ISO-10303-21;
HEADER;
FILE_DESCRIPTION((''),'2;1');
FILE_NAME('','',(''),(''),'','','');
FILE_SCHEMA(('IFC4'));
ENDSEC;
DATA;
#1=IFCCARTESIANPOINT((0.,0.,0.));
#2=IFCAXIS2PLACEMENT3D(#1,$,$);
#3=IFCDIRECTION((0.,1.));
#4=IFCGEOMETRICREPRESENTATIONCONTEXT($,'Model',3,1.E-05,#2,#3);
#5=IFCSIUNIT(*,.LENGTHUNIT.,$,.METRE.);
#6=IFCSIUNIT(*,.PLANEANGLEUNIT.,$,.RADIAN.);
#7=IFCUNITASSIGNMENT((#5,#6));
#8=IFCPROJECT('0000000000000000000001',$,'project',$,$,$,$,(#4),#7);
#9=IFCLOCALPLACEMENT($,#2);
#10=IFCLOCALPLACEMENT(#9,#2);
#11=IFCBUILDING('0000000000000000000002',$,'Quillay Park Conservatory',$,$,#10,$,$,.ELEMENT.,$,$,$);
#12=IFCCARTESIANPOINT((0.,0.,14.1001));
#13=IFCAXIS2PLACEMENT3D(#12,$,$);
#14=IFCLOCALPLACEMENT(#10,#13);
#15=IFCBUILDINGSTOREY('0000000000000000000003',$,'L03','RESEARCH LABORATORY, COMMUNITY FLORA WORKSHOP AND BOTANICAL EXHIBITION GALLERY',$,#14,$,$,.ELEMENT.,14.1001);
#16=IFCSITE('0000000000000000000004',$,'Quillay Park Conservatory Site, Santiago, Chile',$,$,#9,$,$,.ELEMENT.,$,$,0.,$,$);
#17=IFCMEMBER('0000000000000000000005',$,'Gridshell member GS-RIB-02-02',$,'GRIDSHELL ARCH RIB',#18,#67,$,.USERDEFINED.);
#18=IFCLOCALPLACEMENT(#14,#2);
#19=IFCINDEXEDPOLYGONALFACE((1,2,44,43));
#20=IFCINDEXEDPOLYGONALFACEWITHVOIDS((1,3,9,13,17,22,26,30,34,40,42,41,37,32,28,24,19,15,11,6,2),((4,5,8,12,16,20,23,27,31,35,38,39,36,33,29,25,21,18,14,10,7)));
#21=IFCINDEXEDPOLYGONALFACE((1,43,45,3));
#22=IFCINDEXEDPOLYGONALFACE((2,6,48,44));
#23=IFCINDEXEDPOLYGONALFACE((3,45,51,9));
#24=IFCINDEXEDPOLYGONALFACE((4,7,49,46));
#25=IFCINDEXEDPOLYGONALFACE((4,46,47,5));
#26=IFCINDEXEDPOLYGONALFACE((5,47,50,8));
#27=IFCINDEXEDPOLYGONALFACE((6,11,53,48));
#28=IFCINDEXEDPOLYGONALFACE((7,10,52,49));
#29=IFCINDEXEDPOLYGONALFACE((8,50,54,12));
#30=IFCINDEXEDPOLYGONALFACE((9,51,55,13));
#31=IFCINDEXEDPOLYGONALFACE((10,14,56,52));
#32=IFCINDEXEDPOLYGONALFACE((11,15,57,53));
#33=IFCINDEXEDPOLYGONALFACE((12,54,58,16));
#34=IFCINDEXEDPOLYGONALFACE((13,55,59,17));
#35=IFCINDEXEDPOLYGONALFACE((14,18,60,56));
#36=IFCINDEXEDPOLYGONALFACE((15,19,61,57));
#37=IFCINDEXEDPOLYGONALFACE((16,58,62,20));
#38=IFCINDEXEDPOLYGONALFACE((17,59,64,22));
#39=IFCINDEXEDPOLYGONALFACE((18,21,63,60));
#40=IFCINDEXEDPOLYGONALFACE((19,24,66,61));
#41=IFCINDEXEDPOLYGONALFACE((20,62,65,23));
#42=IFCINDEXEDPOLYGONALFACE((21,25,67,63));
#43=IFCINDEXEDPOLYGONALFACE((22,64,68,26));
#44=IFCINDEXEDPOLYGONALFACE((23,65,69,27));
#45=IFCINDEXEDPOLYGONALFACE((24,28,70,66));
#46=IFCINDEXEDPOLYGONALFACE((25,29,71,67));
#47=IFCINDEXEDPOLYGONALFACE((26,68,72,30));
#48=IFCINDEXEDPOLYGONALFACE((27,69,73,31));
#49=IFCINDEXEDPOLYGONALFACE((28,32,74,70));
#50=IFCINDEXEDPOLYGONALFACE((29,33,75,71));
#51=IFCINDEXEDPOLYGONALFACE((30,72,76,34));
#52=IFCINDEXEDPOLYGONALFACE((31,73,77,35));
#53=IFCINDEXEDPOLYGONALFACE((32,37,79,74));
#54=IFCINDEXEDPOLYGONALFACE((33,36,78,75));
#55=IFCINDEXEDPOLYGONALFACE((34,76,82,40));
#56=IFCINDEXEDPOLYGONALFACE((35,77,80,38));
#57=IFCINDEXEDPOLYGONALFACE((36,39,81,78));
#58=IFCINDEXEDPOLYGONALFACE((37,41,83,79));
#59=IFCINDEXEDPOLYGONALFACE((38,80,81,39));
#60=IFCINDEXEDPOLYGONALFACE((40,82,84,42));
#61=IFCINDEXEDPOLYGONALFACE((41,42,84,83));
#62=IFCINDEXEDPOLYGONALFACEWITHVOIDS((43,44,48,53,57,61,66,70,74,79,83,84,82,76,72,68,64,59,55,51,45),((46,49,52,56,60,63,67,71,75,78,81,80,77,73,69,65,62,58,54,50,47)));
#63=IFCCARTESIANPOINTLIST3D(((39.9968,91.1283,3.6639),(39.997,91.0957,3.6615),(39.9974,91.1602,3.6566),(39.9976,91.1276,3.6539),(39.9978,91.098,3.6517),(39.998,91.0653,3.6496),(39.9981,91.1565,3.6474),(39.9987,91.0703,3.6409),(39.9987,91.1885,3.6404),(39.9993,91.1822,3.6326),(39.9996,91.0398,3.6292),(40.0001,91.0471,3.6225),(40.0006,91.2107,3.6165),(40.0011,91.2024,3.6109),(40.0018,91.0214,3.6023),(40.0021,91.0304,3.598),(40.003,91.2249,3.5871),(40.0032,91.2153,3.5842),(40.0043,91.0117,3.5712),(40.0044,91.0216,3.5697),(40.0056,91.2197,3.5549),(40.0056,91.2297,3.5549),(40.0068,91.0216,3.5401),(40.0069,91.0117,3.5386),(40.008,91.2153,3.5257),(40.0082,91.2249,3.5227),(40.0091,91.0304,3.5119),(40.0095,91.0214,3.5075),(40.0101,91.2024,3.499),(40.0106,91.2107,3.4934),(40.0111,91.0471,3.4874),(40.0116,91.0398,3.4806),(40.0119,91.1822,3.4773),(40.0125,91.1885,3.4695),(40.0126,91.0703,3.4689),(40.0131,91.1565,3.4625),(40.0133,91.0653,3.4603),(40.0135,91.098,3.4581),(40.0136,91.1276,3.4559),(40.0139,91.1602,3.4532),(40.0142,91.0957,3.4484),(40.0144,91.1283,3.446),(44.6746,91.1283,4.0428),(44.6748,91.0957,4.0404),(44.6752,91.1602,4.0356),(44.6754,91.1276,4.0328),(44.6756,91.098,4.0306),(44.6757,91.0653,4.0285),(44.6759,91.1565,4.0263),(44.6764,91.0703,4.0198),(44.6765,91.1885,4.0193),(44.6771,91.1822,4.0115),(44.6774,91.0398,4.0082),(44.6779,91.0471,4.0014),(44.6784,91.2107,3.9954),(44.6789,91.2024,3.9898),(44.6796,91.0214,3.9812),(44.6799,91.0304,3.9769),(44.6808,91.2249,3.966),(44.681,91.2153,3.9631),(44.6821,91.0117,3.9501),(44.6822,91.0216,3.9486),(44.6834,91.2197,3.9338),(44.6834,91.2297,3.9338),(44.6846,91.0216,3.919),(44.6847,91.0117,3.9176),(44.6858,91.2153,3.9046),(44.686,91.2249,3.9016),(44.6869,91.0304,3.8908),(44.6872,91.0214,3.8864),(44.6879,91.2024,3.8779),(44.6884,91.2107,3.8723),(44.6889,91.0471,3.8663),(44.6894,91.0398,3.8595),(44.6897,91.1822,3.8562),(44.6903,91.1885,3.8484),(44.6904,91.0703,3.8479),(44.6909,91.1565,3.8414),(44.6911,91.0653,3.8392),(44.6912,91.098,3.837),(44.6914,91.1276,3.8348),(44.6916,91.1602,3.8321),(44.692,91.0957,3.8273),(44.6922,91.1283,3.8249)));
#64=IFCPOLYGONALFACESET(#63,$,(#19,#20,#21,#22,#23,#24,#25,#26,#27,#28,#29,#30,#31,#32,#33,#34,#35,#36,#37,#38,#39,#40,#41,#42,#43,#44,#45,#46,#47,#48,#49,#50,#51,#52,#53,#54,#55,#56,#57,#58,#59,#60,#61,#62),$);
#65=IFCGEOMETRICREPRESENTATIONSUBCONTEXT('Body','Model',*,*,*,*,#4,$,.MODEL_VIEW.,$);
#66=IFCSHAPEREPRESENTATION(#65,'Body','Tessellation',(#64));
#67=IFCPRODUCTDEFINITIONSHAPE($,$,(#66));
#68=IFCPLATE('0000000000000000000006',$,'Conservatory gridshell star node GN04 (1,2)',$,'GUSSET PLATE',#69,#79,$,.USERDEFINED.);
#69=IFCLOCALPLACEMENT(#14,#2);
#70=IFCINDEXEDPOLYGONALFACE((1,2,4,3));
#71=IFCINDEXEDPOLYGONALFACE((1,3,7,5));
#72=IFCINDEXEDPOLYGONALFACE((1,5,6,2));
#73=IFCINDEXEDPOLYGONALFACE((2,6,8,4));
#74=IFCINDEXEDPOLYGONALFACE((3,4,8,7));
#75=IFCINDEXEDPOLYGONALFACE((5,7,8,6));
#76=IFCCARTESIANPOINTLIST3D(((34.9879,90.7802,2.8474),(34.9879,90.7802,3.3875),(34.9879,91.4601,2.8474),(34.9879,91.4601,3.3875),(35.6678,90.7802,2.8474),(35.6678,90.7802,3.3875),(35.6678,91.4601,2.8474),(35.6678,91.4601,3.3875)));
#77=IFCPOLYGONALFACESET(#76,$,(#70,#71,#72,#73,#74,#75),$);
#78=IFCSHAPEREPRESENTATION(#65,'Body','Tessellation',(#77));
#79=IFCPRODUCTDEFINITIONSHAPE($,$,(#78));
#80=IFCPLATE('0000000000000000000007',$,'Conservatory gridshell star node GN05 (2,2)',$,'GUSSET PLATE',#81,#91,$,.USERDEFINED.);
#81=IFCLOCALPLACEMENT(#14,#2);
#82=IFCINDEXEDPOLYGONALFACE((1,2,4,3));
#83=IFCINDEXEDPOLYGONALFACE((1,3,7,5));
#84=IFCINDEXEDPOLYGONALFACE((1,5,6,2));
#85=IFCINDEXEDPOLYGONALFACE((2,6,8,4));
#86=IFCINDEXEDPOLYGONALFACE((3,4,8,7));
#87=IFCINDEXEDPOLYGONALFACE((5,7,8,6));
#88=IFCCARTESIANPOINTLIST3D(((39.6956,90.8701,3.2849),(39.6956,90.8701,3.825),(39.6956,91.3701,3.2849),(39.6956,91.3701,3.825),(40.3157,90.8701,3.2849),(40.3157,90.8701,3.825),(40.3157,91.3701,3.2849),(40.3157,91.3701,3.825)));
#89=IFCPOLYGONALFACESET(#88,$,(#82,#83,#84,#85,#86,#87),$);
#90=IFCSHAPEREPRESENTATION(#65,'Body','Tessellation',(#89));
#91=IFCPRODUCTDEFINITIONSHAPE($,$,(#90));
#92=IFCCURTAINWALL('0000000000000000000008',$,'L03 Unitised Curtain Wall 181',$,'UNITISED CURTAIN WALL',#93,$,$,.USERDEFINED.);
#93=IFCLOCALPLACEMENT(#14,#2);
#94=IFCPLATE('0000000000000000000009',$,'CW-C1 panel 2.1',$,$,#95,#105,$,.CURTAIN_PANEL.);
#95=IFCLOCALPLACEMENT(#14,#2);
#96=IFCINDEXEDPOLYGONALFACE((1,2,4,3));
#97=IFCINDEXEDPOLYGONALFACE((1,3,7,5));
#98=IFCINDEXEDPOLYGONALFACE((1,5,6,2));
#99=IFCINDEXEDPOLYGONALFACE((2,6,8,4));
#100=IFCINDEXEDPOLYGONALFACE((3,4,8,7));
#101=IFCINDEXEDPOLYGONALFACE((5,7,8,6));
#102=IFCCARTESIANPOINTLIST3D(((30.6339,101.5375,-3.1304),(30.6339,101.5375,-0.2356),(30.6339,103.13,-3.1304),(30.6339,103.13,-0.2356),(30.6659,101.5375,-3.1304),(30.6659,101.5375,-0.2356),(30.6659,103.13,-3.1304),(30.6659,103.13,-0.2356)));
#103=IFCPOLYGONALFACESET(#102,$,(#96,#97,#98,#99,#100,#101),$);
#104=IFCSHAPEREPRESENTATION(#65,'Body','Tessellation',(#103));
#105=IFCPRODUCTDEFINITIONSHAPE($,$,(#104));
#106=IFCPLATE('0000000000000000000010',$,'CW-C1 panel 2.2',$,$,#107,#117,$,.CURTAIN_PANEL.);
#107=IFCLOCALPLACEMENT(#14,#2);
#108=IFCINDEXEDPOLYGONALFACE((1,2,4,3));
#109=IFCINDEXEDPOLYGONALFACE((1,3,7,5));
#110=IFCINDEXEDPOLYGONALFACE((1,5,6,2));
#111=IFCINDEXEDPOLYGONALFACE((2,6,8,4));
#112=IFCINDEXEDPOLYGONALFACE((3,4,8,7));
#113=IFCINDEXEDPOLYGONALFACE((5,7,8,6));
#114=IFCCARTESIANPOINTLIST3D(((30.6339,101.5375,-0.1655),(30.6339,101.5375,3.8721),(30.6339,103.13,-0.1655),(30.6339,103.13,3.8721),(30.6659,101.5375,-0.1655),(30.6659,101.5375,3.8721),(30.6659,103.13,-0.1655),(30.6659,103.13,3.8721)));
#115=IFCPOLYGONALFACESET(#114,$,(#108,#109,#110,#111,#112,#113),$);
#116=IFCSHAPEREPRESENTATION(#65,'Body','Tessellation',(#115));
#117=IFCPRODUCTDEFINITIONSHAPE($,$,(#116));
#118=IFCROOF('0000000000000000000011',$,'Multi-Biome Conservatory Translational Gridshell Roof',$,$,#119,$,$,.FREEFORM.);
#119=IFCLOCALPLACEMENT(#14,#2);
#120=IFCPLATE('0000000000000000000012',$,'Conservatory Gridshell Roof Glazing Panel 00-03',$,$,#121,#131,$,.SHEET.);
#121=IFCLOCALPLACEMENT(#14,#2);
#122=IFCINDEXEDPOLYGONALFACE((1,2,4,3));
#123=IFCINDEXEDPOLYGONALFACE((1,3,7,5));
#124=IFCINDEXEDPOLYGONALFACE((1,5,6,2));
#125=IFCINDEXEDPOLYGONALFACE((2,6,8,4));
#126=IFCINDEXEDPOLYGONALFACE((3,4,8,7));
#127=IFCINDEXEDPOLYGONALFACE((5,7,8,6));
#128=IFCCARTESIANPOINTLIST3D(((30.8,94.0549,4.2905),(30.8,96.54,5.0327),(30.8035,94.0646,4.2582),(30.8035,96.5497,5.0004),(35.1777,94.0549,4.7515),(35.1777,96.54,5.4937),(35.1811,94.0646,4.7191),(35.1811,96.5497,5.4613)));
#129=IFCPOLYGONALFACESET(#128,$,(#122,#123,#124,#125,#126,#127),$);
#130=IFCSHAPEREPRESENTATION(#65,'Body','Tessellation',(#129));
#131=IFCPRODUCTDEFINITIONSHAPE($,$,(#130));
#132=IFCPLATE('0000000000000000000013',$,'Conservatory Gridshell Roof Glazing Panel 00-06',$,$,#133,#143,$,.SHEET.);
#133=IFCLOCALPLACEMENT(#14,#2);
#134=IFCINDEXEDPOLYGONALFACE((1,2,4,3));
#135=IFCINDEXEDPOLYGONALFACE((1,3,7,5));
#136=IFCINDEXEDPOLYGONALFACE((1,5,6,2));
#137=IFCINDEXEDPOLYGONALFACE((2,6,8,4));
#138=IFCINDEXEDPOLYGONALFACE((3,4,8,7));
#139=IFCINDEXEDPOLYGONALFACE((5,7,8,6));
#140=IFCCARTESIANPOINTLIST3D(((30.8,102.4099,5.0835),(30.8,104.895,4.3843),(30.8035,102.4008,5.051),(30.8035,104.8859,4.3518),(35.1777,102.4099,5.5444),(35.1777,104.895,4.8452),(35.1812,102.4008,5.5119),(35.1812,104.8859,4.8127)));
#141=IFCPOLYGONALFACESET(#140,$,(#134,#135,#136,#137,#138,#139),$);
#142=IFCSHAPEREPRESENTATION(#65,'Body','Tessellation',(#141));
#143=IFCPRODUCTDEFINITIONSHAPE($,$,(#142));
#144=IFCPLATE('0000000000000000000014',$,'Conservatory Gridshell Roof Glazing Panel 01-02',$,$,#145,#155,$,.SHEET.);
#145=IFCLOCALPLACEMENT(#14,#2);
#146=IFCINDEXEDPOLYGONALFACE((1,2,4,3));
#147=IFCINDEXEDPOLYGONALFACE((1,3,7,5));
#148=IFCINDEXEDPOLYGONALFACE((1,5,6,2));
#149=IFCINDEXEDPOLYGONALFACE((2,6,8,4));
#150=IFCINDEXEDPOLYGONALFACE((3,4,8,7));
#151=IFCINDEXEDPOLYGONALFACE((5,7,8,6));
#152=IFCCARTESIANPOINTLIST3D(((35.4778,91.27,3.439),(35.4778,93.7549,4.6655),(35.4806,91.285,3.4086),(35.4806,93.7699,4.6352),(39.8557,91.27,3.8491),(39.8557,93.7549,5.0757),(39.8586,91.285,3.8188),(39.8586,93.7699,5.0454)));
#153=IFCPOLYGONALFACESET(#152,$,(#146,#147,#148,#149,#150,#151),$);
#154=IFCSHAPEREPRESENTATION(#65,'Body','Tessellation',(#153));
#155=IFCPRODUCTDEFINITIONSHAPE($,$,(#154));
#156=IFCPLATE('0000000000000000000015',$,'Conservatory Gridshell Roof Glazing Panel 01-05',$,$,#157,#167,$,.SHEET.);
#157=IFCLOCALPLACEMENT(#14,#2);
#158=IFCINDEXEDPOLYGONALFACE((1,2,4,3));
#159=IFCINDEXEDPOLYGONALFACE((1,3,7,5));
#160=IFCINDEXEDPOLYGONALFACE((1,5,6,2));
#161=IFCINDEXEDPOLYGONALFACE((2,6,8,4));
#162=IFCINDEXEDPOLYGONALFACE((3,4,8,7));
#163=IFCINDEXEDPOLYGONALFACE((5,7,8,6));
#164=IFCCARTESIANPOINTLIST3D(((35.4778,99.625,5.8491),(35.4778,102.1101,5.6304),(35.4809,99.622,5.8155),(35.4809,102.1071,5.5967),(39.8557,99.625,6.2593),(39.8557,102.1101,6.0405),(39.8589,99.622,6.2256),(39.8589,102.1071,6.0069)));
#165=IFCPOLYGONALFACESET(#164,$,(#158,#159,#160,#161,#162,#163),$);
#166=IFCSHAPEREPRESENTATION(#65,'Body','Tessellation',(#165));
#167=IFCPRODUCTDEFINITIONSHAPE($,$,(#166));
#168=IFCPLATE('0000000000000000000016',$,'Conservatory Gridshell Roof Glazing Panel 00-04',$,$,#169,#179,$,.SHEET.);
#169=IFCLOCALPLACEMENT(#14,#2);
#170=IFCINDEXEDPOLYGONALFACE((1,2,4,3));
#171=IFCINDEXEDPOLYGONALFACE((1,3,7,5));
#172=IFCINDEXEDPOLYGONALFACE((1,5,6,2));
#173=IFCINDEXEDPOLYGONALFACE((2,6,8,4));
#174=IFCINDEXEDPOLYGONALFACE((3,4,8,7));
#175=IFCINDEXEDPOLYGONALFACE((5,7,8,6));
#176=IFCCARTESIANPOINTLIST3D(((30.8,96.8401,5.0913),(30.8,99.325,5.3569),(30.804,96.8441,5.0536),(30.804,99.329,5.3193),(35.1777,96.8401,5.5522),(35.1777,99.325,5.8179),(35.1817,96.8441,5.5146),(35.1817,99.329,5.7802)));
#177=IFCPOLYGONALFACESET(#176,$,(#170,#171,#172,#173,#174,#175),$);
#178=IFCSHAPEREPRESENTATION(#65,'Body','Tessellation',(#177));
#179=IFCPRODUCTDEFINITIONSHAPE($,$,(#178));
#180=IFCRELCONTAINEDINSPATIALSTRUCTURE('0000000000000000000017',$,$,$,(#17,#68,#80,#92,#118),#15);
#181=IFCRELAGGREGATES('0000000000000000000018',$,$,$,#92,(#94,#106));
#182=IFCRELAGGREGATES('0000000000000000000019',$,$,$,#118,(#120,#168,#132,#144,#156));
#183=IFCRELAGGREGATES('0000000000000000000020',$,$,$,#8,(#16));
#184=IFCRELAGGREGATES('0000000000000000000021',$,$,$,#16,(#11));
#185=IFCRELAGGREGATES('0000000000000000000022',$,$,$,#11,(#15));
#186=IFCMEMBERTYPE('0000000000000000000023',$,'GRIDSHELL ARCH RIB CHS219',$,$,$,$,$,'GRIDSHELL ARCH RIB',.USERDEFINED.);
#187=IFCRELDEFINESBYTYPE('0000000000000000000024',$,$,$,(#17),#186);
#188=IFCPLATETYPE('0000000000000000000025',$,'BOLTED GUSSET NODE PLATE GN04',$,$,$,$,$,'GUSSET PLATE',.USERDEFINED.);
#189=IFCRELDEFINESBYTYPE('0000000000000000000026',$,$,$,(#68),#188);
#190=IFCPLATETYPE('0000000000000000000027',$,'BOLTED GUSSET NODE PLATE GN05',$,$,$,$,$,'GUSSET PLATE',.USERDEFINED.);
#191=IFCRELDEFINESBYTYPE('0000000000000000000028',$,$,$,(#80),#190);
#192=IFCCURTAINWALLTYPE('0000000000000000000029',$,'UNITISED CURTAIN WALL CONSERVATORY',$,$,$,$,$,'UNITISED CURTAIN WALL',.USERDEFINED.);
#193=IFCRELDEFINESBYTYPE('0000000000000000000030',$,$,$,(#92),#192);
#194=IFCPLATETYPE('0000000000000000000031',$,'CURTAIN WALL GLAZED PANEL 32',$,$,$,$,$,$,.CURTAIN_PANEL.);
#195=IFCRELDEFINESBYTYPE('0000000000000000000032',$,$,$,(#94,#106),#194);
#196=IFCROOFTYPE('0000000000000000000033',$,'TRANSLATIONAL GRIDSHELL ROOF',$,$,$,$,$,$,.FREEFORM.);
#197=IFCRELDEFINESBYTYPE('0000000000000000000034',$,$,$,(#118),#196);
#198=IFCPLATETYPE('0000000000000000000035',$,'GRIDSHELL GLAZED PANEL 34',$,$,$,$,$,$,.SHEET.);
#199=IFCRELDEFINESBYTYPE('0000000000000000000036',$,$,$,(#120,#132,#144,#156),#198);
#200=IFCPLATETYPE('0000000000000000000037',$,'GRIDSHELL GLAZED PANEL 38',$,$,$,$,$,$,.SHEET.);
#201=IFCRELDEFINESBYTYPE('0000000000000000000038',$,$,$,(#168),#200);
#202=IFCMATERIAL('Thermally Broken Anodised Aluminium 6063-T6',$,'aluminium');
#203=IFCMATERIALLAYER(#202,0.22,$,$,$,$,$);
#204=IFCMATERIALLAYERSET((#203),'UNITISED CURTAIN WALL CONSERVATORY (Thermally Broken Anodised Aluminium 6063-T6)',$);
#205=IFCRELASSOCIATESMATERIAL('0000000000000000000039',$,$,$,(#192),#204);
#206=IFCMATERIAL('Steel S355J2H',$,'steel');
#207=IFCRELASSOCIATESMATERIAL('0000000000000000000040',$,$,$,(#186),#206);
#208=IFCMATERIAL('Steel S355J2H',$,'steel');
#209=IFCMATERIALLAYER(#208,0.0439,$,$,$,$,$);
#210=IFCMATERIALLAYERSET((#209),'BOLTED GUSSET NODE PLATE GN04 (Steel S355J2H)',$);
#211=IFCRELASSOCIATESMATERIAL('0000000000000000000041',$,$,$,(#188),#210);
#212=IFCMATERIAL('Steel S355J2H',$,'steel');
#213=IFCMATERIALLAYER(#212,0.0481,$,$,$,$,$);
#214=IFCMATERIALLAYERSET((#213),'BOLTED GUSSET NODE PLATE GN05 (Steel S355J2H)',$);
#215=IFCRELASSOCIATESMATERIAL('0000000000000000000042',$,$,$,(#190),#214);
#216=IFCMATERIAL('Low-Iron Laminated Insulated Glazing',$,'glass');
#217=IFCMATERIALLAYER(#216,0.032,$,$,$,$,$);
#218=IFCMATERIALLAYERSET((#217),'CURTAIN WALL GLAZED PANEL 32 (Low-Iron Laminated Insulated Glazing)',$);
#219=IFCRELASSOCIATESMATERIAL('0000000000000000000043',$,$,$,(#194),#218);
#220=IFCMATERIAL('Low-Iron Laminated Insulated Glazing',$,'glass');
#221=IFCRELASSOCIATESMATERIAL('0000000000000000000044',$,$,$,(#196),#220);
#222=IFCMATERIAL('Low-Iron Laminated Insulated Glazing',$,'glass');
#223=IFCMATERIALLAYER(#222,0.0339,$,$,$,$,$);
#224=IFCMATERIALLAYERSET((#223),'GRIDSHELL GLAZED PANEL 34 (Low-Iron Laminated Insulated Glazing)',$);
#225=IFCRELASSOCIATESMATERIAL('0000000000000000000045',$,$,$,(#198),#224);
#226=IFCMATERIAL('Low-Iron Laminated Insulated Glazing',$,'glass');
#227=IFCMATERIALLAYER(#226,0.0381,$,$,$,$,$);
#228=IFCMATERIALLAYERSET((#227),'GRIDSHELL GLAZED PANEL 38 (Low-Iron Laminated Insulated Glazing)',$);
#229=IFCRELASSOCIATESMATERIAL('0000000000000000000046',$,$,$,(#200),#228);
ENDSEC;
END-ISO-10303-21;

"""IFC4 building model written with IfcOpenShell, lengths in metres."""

from ifc_helpers import new_model, si_unit, direction, frame, origin, origin_2d, place, context, subcontext, project, spatial, polyline, rectangle, hollow_circle, outline, extrude, material, layer, layer_set, material_profile, profile_set, type_object, element, aggregate, save


model = new_model("IFC4")

# Units and contexts
model_context = context("Model", 3, precision=1e-05, world=origin(), true_north=direction((0.0, 1.0)))
body_context = subcontext(model_context, "Body", "Model", "MODEL_VIEW")
ifc_project = project(units=[si_unit("LENGTHUNIT", "METRE"), si_unit("PLANEANGLEUNIT", "RADIAN")], contexts=[model_context])

# Site, building, storey
site_placement = place(None, origin())
site = spatial("IfcSite", under=ifc_project, at=site_placement, Name="Quillay Park Conservatory Site, Santiago, Chile", CompositionType="ELEMENT", RefElevation=0.0)
building_placement = place(site_placement, origin())
building = spatial("IfcBuilding", under=site, at=building_placement, Name="Quillay Park Conservatory", CompositionType="ELEMENT")
storey_placement = place(building_placement, frame((0.0, 0.0, 14.1001)))
storey = spatial("IfcBuildingStorey", under=building, at=storey_placement, Name="L03", Description="RESEARCH LABORATORY, COMMUNITY FLORA WORKSHOP AND BOTANICAL EXHIBITION GALLERY", CompositionType="ELEMENT", Elevation=14.1001)

# Shared definitions
ifc_material_1 = material(Name="Thermally Broken Anodised Aluminium 6063-T6", Category="aluminium")
ifc_layer_1 = layer(ifc_material_1, 0.22)
ifc_layer_set_1 = layer_set([ifc_layer_1], Name="UNITISED CURTAIN WALL CONSERVATORY (Thermally Broken Anodised Aluminium 6063-T6)")
curtain_wall_type = type_object("IfcCurtainWallType", Name="UNITISED CURTAIN WALL CONSERVATORY", ElementType="UNITISED CURTAIN WALL", PredefinedType="USERDEFINED", material=ifc_layer_set_1)

# Member
ifc_material_2 = material(Name="Steel S355J2H", Category="steel")
ifc_material_profile_1 = material_profile(ifc_material_2, hollow_circle(Radius=0.1096, WallThickness=0.01, at=origin_2d()), Name="CHS219.1x10")
ifc_profile_set_1 = profile_set([ifc_material_profile_1], Name="Steel S355J2H")
member_type_1 = type_object("IfcMemberType", Name="GRIDSHELL ARCH RIB CHS219", ElementType="GRIDSHELL ARCH RIB", PredefinedType="USERDEFINED", material=ifc_profile_set_1)
member_1_placement = place(storey_placement, frame((40.0056, 91.1201, 3.5549), z_axis=(0.996735, 0.0, 0.080738), x_axis=(0.0, 1.0, 0.0)))
element("IfcMember", 1, at=member_1_placement, inside=storey, type_object=member_type_1, Name="Gridshell member GS-RIB-02-02", ObjectType="GRIDSHELL ARCH RIB", PredefinedType="USERDEFINED", context=body_context, shape_type="SweptSolid", body=[
    extrude(hollow_circle(Radius=0.1096, WallThickness=0.01, at=origin_2d()), origin(), (0.0, 0.0, 1.0), 4.6931),
])

# Plates
ifc_material_3 = material(Name="Steel S355J2H", Category="steel")
ifc_layer_2 = layer(ifc_material_3, 0.0439)
ifc_layer_set_2 = layer_set([ifc_layer_2], Name="BOLTED GUSSET NODE PLATE GN04 (Steel S355J2H)")
plate_type_1 = type_object("IfcPlateType", Name="BOLTED GUSSET NODE PLATE GN04", ElementType="GUSSET PLATE", PredefinedType="USERDEFINED", material=ifc_layer_set_2)
plate_1_placement = place(storey_placement, frame((35.3279, 91.1201, 2.8474), z_axis=(0.0, 0.0, 1.0), x_axis=(1.0, 0.0, 0.0)))
element("IfcPlate", 2, at=plate_1_placement, inside=storey, type_object=plate_type_1, Name="Conservatory gridshell star node GN04 (1,2)", ObjectType="GUSSET PLATE", PredefinedType="USERDEFINED", context=body_context, shape_type="SweptSolid", body=[
    extrude(rectangle(XDim=0.6799, YDim=0.6799, at=origin_2d()), origin(), (0.0, 0.0, 1.0), 0.54),
])
ifc_material_4 = material(Name="Steel S355J2H", Category="steel")
ifc_layer_3 = layer(ifc_material_4, 0.0481)
ifc_layer_set_3 = layer_set([ifc_layer_3], Name="BOLTED GUSSET NODE PLATE GN05 (Steel S355J2H)")
plate_type_2 = type_object("IfcPlateType", Name="BOLTED GUSSET NODE PLATE GN05", ElementType="GUSSET PLATE", PredefinedType="USERDEFINED", material=ifc_layer_set_3)
plate_2_placement = place(storey_placement, frame((40.0056, 91.1201, 3.2849), z_axis=(0.0, 0.0, 1.0), x_axis=(1.0, 0.0, 0.0)))
element("IfcPlate", 3, at=plate_2_placement, inside=storey, type_object=plate_type_2, Name="Conservatory gridshell star node GN05 (2,2)", ObjectType="GUSSET PLATE", PredefinedType="USERDEFINED", context=body_context, shape_type="SweptSolid", body=[
    extrude(rectangle(XDim=0.6201, YDim=0.5, at=origin_2d()), origin(), (0.0, 0.0, 1.0), 0.54),
])

# Curtain wall, plates
curtain_wall_1_placement = place(storey_placement, origin())
curtain_wall_1 = element("IfcCurtainWall", 4, at=curtain_wall_1_placement, inside=storey, type_object=curtain_wall_type, Name="L03 Unitised Curtain Wall 181", ObjectType="UNITISED CURTAIN WALL", PredefinedType="USERDEFINED")
ifc_material_5 = material(Name="Low-Iron Laminated Insulated Glazing", Category="glass")
ifc_layer_4 = layer(ifc_material_5, 0.032)
ifc_layer_set_4 = layer_set([ifc_layer_4], Name="CURTAIN WALL GLAZED PANEL 32 (Low-Iron Laminated Insulated Glazing)")
plate_type_3 = type_object("IfcPlateType", Name="CURTAIN WALL GLAZED PANEL 32", PredefinedType="CURTAIN_PANEL", material=ifc_layer_set_4)
plate_3_placement = place(storey_placement, frame((30.6499, 102.3337, -3.1304), z_axis=(0.0, 0.0, 1.0), x_axis=(0.0, 1.0, 0.0)))
plate_3 = element("IfcPlate", 5, at=plate_3_placement, type_object=plate_type_3, Name="CW-C1 panel 2.1", PredefinedType="CURTAIN_PANEL", context=body_context, shape_type="SweptSolid", body=[
    extrude(rectangle(XDim=1.5925, YDim=0.032, at=origin_2d()), origin(), (0.0, 0.0, 1.0), 2.8948),
])
plate_4_placement = place(storey_placement, frame((30.6499, 102.3337, -0.1655), z_axis=(0.0, 0.0, 1.0), x_axis=(0.0, 1.0, 0.0)))
plate_4 = element("IfcPlate", 6, at=plate_4_placement, type_object=plate_type_3, Name="CW-C1 panel 2.2", PredefinedType="CURTAIN_PANEL", context=body_context, shape_type="SweptSolid", body=[
    extrude(rectangle(XDim=1.5925, YDim=0.032, at=origin_2d()), origin(), (0.0, 0.0, 1.0), 4.0376),
])
aggregate(curtain_wall_1, [plate_3, plate_4])

# Roof, plates
ifc_material_6 = material(Name="Low-Iron Laminated Insulated Glazing", Category="glass")
roof_type = type_object("IfcRoofType", Name="TRANSLATIONAL GRIDSHELL ROOF", PredefinedType="FREEFORM", material=ifc_material_6)
roof_placement = place(storey_placement, origin())
roof = element("IfcRoof", 7, at=roof_placement, inside=storey, type_object=roof_type, Name="Multi-Biome Conservatory Translational Gridshell Roof", PredefinedType="FREEFORM")
ifc_material_7 = material(Name="Low-Iron Laminated Insulated Glazing", Category="glass")
ifc_layer_5 = layer(ifc_material_7, 0.0339)
ifc_layer_set_5 = layer_set([ifc_layer_5], Name="GRIDSHELL GLAZED PANEL 34 (Low-Iron Laminated Insulated Glazing)")
plate_type_4 = type_object("IfcPlateType", Name="GRIDSHELL GLAZED PANEL 34", PredefinedType="SHEET", material=ifc_layer_set_5)
plate_5_placement = place(storey_placement, frame((30.8, 94.0549, 4.2905), z_axis=(-0.10038, -0.284719, 0.953341), x_axis=(0.994502, 0.0, 0.104714)))
plate_5 = element("IfcPlate", 8, at=plate_5_placement, type_object=plate_type_4, Name="Conservatory Gridshell Roof Glazing Panel 00-03", PredefinedType="SHEET", context=body_context, shape_type="SweptSolid", body=[
    extrude(outline(polyline([(0.0, 0.0), (4.4019, 0.0), (4.4796, 2.5924), (0.0777, 2.5924), (0.0, 0.0)])), origin(), (0.0, 0.0, -1.0), 0.0339),
])
plate_6_placement = place(storey_placement, frame((30.8, 102.4099, 5.0835), z_axis=(-0.10084, 0.269466, 0.957716), x_axis=(0.994502, 0.0, 0.104714)))
plate_6 = element("IfcPlate", 9, at=plate_6_placement, type_object=plate_type_4, Name="Conservatory Gridshell Roof Glazing Panel 00-06", PredefinedType="SHEET", context=body_context, shape_type="SweptSolid", body=[
    extrude(outline(polyline([(0.0, 0.0), (4.4019, 0.0), (4.3287, 2.5806), (-0.0732, 2.5806), (0.0, 0.0)])), origin(), (0.0, 0.0, -1.0), 0.0339),
])
plate_7_placement = place(storey_placement, frame((35.4778, 91.27, 3.439), z_axis=(-0.083715, -0.441073, 0.893558), x_axis=(0.99564, 0.0, 0.093279)))
plate_7 = element("IfcPlate", 10, at=plate_7_placement, type_object=plate_type_4, Name="Conservatory Gridshell Roof Glazing Panel 01-02", PredefinedType="SHEET", context=body_context, shape_type="SweptSolid", body=[
    extrude(outline(polyline([(0.0, 0.0), (4.3971, 0.0), (4.5115, 2.7687), (0.1144, 2.7687), (0.0, 0.0)])), origin(), (0.0, 0.0, -1.0), 0.0339),
])
plate_8_placement = place(storey_placement, frame((35.4778, 99.625, 5.8491), z_axis=(-0.092923, 0.087306, 0.991838), x_axis=(0.99564, 0.0, 0.093279)))
plate_8 = element("IfcPlate", 11, at=plate_8_placement, type_object=plate_type_4, Name="Conservatory Gridshell Roof Glazing Panel 01-05", PredefinedType="SHEET", context=body_context, shape_type="SweptSolid", body=[
    extrude(outline(polyline([(0.0, 0.0), (4.3971, 0.0), (4.3767, 2.4946), (-0.0204, 2.4946), (0.0, 0.0)])), origin(), (0.0, 0.0, -1.0), 0.0339),
])
ifc_material_8 = material(Name="Low-Iron Laminated Insulated Glazing", Category="glass")
ifc_layer_6 = layer(ifc_material_8, 0.0381)
ifc_layer_set_6 = layer_set([ifc_layer_6], Name="GRIDSHELL GLAZED PANEL 38 (Low-Iron Laminated Insulated Glazing)")
plate_type_5 = type_object("IfcPlateType", Name="GRIDSHELL GLAZED PANEL 38", PredefinedType="SHEET", material=ifc_layer_set_6)
plate_9_placement = place(storey_placement, frame((30.8, 96.8401, 5.0913), z_axis=(-0.104127, -0.105714, 0.98893), x_axis=(0.994502, 0.0, 0.104714)))
plate_9 = element("IfcPlate", 12, at=plate_9_placement, type_object=plate_type_5, Name="Conservatory Gridshell Roof Glazing Panel 00-04", PredefinedType="SHEET", context=body_context, shape_type="SweptSolid", body=[
    extrude(outline(polyline([(0.0, 0.0), (4.4019, 0.0), (4.4297, 2.4989), (0.0278, 2.4989), (0.0, 0.0)])), origin(), (0.0, 0.0, -1.0), 0.0381),
])
aggregate(roof, [plate_5, plate_9, plate_6, plate_7, plate_8])

save(model, "model.ifc")
